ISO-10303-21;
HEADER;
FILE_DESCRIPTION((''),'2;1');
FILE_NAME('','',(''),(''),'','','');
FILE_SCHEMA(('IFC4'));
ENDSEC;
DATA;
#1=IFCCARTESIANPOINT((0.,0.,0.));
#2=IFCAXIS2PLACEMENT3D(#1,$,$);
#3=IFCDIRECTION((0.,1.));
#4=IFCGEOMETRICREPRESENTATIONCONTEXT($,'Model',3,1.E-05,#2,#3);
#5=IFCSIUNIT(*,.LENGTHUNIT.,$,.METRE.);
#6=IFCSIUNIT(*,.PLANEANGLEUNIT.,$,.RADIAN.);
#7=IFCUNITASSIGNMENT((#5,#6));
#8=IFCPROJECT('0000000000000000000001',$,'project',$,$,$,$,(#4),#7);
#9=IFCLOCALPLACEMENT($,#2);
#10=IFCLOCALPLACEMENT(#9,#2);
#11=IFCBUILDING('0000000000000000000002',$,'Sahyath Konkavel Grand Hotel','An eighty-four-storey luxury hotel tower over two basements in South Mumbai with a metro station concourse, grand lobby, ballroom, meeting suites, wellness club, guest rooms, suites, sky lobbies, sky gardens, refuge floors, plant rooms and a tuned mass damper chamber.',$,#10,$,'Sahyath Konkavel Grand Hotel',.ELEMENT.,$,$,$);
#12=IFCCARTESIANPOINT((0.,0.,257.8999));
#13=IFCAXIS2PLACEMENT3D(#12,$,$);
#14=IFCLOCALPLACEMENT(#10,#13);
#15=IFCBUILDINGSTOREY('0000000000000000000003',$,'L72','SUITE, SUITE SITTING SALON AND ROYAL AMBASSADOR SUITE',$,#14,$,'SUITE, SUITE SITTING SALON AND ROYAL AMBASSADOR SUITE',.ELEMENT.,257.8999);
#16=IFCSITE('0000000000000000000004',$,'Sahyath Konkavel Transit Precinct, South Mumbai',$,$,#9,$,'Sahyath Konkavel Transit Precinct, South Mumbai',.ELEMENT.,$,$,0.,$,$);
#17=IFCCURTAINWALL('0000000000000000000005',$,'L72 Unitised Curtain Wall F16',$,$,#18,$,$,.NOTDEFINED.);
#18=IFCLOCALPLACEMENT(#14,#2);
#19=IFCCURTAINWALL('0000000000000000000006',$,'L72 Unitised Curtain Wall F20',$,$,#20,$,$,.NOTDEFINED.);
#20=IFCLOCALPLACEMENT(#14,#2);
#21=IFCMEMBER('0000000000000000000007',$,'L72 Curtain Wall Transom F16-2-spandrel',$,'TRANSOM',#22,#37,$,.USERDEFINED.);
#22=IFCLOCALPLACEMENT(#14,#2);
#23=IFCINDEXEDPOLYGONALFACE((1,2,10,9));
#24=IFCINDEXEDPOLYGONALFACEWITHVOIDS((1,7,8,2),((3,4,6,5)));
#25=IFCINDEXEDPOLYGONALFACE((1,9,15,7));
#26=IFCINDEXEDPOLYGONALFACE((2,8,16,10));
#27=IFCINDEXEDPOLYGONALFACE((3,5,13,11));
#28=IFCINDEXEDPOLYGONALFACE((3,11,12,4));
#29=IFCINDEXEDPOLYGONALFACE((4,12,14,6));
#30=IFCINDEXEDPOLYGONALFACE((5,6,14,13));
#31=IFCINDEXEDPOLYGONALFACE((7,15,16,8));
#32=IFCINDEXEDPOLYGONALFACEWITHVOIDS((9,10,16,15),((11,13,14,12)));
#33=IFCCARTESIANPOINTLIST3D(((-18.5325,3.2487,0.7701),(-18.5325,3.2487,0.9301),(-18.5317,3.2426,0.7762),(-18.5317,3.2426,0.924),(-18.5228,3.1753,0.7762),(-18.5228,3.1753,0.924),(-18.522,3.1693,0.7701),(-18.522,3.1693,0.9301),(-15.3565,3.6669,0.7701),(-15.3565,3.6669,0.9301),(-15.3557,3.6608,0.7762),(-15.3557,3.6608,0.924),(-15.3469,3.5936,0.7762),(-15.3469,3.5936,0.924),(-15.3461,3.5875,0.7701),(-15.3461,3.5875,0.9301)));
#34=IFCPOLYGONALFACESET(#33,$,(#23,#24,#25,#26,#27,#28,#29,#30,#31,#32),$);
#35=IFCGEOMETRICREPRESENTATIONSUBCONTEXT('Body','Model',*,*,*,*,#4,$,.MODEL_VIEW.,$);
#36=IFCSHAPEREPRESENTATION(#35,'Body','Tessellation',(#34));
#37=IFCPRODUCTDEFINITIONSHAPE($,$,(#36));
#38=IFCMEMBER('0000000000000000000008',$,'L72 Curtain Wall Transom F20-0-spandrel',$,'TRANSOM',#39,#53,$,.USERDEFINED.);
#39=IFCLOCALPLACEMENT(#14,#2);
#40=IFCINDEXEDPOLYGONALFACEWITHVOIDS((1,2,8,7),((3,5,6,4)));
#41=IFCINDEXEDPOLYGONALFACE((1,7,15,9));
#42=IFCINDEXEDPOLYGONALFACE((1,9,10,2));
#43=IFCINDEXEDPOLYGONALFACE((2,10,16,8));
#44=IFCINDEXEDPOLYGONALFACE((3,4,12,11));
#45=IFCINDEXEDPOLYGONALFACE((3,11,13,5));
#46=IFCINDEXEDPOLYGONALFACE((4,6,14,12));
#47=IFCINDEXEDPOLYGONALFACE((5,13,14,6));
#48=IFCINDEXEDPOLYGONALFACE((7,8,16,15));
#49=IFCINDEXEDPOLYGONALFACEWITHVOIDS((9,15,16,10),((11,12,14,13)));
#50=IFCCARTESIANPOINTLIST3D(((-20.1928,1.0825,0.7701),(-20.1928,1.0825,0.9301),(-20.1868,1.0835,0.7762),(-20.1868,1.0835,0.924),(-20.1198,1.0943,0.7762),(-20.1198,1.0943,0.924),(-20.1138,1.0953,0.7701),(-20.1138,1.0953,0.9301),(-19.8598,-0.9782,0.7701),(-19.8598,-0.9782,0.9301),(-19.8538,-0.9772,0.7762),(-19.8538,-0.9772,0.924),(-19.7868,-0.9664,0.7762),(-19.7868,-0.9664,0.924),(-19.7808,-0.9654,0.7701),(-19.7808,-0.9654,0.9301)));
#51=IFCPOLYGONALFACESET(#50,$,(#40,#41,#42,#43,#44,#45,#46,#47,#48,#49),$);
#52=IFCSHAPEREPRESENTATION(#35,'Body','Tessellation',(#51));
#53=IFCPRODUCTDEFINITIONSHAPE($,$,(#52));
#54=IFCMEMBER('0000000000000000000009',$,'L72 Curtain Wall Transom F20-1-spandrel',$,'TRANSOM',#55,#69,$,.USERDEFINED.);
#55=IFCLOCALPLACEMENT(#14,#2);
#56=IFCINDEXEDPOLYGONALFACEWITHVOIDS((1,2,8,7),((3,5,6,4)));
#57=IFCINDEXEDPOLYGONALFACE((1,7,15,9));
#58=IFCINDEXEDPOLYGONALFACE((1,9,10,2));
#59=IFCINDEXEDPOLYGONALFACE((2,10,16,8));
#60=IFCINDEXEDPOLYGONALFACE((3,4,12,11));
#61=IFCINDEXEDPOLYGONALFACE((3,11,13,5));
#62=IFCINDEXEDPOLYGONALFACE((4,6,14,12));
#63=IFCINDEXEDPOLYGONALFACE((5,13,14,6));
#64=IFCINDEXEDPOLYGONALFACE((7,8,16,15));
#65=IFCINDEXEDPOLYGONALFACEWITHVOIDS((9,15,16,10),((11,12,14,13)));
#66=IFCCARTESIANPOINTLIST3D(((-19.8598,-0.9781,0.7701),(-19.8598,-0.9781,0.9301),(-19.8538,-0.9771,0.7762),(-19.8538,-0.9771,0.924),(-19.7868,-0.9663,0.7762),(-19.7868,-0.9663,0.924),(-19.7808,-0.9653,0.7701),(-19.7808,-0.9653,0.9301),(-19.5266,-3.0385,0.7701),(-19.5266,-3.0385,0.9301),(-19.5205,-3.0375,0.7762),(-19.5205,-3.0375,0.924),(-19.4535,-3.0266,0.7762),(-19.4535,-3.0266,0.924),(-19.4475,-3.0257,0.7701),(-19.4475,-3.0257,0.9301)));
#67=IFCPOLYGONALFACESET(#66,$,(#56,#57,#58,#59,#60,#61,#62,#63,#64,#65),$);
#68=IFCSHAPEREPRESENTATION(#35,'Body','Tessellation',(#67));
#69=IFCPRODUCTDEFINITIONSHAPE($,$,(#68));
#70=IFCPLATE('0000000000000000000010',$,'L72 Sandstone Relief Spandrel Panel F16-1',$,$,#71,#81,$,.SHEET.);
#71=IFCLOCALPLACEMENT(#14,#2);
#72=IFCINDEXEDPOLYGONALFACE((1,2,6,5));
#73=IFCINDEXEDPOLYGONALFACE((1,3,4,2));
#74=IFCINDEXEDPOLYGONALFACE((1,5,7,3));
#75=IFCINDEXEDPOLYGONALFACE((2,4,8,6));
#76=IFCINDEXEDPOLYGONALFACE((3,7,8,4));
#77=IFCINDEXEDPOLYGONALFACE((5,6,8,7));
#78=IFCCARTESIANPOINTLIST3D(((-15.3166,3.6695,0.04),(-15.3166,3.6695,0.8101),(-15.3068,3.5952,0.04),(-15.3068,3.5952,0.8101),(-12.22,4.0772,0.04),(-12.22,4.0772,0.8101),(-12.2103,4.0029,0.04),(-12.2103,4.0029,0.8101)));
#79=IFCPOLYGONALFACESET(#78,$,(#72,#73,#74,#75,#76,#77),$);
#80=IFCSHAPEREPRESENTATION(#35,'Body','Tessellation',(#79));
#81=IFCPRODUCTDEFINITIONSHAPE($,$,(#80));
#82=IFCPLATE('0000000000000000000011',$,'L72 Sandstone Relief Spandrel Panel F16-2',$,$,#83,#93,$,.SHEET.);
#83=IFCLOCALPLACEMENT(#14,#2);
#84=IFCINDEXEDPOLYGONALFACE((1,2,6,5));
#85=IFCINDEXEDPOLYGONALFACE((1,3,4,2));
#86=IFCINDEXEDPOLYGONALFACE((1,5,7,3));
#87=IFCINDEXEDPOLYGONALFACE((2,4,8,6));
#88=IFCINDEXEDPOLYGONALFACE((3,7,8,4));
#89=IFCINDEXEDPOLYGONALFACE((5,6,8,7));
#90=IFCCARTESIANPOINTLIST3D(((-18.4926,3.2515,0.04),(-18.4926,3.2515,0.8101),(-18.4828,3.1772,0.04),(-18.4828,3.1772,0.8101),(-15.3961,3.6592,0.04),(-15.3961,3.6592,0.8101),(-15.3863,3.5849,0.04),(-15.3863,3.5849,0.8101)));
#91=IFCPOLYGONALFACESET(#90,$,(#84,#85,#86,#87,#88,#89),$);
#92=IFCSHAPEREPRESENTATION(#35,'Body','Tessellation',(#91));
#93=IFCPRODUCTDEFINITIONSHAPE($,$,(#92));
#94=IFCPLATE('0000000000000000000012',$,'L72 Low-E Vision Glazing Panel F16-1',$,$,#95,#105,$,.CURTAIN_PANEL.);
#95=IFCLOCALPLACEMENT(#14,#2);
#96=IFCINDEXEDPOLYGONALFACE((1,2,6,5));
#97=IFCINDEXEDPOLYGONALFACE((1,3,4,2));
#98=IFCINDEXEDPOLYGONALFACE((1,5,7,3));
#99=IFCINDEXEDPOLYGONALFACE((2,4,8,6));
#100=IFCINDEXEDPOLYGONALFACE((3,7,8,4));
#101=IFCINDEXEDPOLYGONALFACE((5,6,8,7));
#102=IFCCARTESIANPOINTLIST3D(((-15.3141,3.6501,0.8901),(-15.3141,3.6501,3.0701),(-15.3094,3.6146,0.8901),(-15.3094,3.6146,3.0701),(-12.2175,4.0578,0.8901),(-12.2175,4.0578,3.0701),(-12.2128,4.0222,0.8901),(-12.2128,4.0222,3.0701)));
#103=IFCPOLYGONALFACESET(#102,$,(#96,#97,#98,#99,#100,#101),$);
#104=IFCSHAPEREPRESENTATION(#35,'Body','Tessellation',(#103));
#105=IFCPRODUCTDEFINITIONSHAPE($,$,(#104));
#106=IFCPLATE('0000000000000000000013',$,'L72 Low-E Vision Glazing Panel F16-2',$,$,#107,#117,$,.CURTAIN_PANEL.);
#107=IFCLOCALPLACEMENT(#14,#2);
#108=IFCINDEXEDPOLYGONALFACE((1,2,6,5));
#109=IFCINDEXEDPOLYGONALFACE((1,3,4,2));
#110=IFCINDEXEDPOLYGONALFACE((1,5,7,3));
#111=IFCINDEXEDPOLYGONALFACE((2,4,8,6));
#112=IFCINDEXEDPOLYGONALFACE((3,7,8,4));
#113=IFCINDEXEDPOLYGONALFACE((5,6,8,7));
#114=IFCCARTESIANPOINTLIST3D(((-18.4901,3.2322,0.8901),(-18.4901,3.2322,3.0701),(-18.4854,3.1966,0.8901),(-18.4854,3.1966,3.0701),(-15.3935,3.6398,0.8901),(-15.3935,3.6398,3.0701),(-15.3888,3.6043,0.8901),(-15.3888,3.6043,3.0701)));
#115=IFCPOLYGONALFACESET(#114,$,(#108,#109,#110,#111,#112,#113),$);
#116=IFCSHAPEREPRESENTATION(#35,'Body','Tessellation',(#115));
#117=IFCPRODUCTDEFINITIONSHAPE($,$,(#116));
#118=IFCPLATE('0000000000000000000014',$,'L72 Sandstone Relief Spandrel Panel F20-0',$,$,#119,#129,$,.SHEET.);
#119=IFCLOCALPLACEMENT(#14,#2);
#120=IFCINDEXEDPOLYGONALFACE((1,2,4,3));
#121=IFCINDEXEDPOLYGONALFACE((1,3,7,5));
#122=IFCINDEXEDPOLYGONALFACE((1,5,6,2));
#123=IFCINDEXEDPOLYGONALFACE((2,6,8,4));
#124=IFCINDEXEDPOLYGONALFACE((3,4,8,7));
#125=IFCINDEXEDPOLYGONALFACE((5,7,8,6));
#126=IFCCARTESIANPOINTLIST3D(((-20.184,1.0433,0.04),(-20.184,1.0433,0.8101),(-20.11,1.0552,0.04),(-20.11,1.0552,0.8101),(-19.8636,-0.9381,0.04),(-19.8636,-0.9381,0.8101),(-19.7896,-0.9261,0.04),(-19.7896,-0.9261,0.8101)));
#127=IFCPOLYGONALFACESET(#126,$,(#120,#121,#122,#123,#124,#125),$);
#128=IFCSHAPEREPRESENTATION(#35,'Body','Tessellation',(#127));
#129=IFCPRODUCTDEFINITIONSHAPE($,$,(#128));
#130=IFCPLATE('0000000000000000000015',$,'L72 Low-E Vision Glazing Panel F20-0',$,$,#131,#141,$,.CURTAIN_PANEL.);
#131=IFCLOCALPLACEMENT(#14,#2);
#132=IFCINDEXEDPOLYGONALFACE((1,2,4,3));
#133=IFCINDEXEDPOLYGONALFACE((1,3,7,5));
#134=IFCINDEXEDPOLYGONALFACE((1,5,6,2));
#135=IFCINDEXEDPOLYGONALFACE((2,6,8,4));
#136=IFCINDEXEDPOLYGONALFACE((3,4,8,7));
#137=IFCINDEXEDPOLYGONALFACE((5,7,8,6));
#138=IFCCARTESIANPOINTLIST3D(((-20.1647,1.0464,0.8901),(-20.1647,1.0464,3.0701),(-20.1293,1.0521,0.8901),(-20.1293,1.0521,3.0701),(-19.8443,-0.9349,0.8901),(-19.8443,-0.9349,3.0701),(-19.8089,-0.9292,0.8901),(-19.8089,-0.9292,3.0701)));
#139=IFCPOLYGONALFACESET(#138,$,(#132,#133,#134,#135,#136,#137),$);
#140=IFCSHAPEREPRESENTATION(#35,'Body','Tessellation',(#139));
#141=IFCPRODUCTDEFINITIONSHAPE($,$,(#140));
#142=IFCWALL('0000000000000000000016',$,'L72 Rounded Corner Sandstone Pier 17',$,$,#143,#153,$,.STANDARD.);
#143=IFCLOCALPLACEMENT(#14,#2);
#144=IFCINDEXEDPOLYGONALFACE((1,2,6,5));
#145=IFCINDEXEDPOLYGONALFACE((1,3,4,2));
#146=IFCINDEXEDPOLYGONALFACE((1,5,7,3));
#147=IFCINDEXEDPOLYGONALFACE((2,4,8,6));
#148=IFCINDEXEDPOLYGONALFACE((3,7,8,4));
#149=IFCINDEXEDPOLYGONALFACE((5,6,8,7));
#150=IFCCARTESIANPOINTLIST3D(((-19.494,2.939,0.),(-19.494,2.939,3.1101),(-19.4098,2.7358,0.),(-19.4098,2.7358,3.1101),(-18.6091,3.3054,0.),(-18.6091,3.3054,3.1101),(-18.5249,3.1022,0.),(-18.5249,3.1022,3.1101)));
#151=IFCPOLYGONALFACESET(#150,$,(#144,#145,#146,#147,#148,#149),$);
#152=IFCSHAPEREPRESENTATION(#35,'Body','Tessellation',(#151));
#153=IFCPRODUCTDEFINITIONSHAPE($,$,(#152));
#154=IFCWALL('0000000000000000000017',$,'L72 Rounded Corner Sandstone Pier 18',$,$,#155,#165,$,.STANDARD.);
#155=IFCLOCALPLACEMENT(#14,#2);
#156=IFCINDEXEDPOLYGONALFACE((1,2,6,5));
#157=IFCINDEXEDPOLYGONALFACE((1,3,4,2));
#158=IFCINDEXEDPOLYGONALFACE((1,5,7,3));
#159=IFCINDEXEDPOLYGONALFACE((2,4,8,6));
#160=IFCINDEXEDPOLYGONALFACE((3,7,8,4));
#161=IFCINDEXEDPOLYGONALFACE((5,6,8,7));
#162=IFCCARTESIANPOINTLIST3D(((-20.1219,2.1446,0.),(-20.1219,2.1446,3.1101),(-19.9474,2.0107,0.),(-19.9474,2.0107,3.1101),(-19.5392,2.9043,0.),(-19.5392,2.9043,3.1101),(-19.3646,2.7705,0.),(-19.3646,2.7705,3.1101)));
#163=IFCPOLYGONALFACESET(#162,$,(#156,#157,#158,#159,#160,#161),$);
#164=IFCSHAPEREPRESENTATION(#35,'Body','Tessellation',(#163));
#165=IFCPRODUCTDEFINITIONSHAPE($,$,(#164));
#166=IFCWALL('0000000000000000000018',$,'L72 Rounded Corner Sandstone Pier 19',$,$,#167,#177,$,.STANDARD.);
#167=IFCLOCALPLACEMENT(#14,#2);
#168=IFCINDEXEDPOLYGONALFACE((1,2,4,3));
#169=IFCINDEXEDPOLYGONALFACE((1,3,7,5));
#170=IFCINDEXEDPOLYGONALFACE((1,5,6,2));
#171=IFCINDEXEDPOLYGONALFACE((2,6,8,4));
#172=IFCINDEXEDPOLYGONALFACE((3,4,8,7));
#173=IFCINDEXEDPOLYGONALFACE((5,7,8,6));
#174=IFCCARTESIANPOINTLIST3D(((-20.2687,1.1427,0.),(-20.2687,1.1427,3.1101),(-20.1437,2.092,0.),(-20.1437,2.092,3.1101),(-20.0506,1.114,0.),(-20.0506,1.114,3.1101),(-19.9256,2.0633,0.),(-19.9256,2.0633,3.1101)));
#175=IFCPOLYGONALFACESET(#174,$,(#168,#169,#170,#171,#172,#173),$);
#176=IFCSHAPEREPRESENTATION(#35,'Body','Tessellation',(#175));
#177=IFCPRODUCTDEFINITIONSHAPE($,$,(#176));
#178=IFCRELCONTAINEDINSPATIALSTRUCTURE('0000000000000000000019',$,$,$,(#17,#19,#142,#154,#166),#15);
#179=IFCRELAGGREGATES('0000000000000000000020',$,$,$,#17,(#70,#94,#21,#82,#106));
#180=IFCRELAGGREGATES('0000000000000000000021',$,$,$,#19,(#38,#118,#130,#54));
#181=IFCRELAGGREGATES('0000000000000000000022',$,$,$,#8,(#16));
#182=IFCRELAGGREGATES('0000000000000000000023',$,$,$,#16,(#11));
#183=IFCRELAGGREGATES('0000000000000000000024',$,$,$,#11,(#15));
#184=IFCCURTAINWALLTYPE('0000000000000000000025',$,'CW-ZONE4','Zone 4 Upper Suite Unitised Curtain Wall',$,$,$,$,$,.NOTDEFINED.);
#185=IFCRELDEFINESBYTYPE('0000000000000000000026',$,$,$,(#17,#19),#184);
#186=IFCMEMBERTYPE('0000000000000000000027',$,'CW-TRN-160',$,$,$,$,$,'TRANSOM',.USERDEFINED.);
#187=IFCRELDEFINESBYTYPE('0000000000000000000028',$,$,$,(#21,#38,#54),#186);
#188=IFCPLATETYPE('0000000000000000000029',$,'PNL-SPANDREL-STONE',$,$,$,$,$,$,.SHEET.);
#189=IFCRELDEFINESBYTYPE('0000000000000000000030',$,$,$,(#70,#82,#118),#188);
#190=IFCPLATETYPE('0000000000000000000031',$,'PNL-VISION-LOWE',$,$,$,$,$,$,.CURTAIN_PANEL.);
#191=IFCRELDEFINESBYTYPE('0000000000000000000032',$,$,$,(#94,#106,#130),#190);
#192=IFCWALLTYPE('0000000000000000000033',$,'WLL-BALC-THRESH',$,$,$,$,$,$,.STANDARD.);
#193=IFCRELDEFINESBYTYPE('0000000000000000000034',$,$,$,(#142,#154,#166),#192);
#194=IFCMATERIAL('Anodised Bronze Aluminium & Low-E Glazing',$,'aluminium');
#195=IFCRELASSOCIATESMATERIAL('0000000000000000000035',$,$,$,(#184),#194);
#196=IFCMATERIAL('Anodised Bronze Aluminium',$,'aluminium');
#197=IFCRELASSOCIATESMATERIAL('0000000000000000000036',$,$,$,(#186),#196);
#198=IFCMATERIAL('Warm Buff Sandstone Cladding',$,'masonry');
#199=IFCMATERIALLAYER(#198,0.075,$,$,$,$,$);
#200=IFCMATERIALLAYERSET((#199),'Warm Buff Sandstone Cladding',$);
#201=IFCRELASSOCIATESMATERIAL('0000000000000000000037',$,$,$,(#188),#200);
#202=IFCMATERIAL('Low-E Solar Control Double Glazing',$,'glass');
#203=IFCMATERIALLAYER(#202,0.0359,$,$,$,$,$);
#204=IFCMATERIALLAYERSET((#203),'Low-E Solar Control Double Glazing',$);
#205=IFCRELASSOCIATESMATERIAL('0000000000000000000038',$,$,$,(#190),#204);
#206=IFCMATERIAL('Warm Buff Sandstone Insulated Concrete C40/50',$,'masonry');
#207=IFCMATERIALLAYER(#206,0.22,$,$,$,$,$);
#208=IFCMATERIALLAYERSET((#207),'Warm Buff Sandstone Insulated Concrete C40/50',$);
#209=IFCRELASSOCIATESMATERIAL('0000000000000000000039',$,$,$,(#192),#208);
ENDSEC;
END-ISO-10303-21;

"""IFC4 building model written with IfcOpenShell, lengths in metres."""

from ifc_helpers import new_model, si_unit, direction, frame, frame_2d, origin, origin_2d, place, context, subcontext, project, spatial, rectangle, hollow_rectangle, extrude, source, transform, mapped, material, layer, layer_set, material_profile, profile_set, type_object, element, aggregate, save


model = new_model("IFC4")

# Units and contexts
model_context = context("Model", 3, precision=1e-05, world=origin(), true_north=direction((0.0, 1.0)))
body_context = subcontext(model_context, "Body", "Model", "MODEL_VIEW")
ifc_project = project(units=[si_unit("LENGTHUNIT", "METRE"), si_unit("PLANEANGLEUNIT", "RADIAN")], contexts=[model_context])

# Site, building, storey
site_placement = place(None, origin())
site = spatial("IfcSite", under=ifc_project, at=site_placement, Name="Sahyath Konkavel Transit Precinct, South Mumbai", LongName="Sahyath Konkavel Transit Precinct, South Mumbai", CompositionType="ELEMENT", RefElevation=0.0)
building_placement = place(site_placement, origin())
building = spatial("IfcBuilding", under=site, at=building_placement, Name="Sahyath Konkavel Grand Hotel", Description="An eighty-four-storey luxury hotel tower over two basements in South Mumbai with a metro station concourse, grand lobby, ballroom, meeting suites, wellness club, guest rooms, suites, sky lobbies, sky gardens, refuge floors, plant rooms and a tuned mass damper chamber.", LongName="Sahyath Konkavel Grand Hotel", CompositionType="ELEMENT")
storey_placement = place(building_placement, frame((0.0, 0.0, 257.8999)))
storey = spatial("IfcBuildingStorey", under=building, at=storey_placement, Name="L72", Description="SUITE, SUITE SITTING SALON AND ROYAL AMBASSADOR SUITE", LongName="SUITE, SUITE SITTING SALON AND ROYAL AMBASSADOR SUITE", CompositionType="ELEMENT", Elevation=257.8999)

# Curtain wall
ifc_material_1 = material(Name="Anodised Bronze Aluminium & Low-E Glazing", Category="aluminium")
curtain_wall_type = type_object("IfcCurtainWallType", Name="CW-ZONE4", Description="Zone 4 Upper Suite Unitised Curtain Wall", PredefinedType="NOTDEFINED", material=ifc_material_1)
curtain_wall_1_placement = place(storey_placement, origin())
curtain_wall_1 = element("IfcCurtainWall", 1, at=curtain_wall_1_placement, inside=storey, type_object=curtain_wall_type, Name="L72 Unitised Curtain Wall F16", PredefinedType="NOTDEFINED")
ifc_material_2 = material(Name="Anodised Bronze Aluminium", Category="aluminium")

# Curtain wall
curtain_wall_2_placement = place(storey_placement, origin())
curtain_wall_2 = element("IfcCurtainWall", 2, at=curtain_wall_2_placement, inside=storey, type_object=curtain_wall_type, Name="L72 Unitised Curtain Wall F20", PredefinedType="NOTDEFINED")

# Members
ifc_material_profile_1 = material_profile(ifc_material_2, hollow_rectangle(XDim=0.0801, YDim=0.1599, WallThickness=0.0061, at=origin_2d()), Name="RHS 160x80x6")
ifc_profile_set_1 = profile_set([ifc_material_profile_1], Name="Anodised Bronze Aluminium")
member_type_1 = type_object("IfcMemberType", Name="CW-TRN-160", ElementType="TRANSOM", PredefinedType="USERDEFINED", material=ifc_profile_set_1)
shared_shape_1 = source(origin(), body_context, "Body", "SweptSolid", [
    extrude(hollow_rectangle(XDim=0.0801, YDim=0.1599, WallThickness=0.0061, at=origin_2d()), origin(), (0.0, 0.0, 1.0), 3.2034),
])
member_1_placement = place(storey_placement, frame((-15.3513, 3.6272, 0.8501), z_axis=(-0.991442, -0.130551, 0.0), x_axis=(0.130551, -0.991442, 0.0)))
member_1 = element("IfcMember", 3, at=member_1_placement, type_object=member_type_1, Name="L72 Curtain Wall Transom F16-2-spandrel", ObjectType="TRANSOM", PredefinedType="USERDEFINED", context=body_context, shape_type="MappedRepresentation", body=[
    mapped(shared_shape_1, transform((0.0, 0.0, 0.0), scale=1.0)),
])
shared_shape_2 = source(origin(), body_context, "Body", "SweptSolid", [
    extrude(hollow_rectangle(XDim=0.0801, YDim=0.1599, WallThickness=0.0061, at=origin_2d()), origin(), (0.0, 0.0, 1.0), 2.0874),
])
member_2_placement = place(storey_placement, frame((-20.1533, 1.0889, 0.8501), z_axis=(0.159541, -0.987191, 0.0), x_axis=(0.987191, 0.159541, 0.0)))
member_2 = element("IfcMember", 4, at=member_2_placement, type_object=member_type_1, Name="L72 Curtain Wall Transom F20-0-spandrel", ObjectType="TRANSOM", PredefinedType="USERDEFINED", context=body_context, shape_type="MappedRepresentation", body=[
    mapped(shared_shape_2, transform((0.0, 0.0, 0.0), scale=1.0)),
])
shared_shape_3 = source(origin(), body_context, "Body", "SweptSolid", [
    extrude(hollow_rectangle(XDim=0.0801, YDim=0.1599, WallThickness=0.0061, at=origin_2d()), origin(), (0.0, 0.0, 1.0), 2.0872),
])
member_3_placement = place(storey_placement, frame((-19.8203, -0.9717, 0.8501), z_axis=(0.159674, -0.98717, 0.0), x_axis=(0.98717, 0.159674, 0.0)))
member_3 = element("IfcMember", 5, at=member_3_placement, type_object=member_type_1, Name="L72 Curtain Wall Transom F20-1-spandrel", ObjectType="TRANSOM", PredefinedType="USERDEFINED", context=body_context, shape_type="MappedRepresentation", body=[
    mapped(shared_shape_3, transform((0.0, 0.0, 0.0), scale=1.0)),
])

# Plates
ifc_material_3 = material(Name="Warm Buff Sandstone Cladding", Category="masonry")
ifc_layer_1 = layer(ifc_material_3, 0.075)
ifc_layer_set_1 = layer_set([ifc_layer_1], Name="Warm Buff Sandstone Cladding")
plate_type_1 = type_object("IfcPlateType", Name="PNL-SPANDREL-STONE", PredefinedType="SHEET", material=ifc_layer_set_1)
shared_shape_4 = source(origin(), body_context, "Body", "SweptSolid", [
    extrude(rectangle(XDim=3.1233, YDim=0.075, at=origin_2d()), origin(), (0.0, 0.0, 1.0), 0.77),
])
plate_1_placement = place(storey_placement, frame((-13.7634, 3.8362, 0.04), z_axis=(0.0, 0.0, 1.0), x_axis=(-0.991445, -0.130526, 0.0)))
plate_1 = element("IfcPlate", 6, at=plate_1_placement, type_object=plate_type_1, Name="L72 Sandstone Relief Spandrel Panel F16-1", PredefinedType="SHEET", context=body_context, shape_type="MappedRepresentation", body=[
    mapped(shared_shape_4, transform((0.0, 0.0, 0.0), scale=1.0)),
])
plate_2_placement = place(storey_placement, frame((-16.9395, 3.4182, 0.04), z_axis=(0.0, 0.0, 1.0), x_axis=(-0.991445, -0.130526, 0.0)))
plate_2 = element("IfcPlate", 7, at=plate_2_placement, type_object=plate_type_1, Name="L72 Sandstone Relief Spandrel Panel F16-2", PredefinedType="SHEET", context=body_context, shape_type="MappedRepresentation", body=[
    mapped(shared_shape_4, transform((0.0, 0.0, 0.0), scale=1.0)),
])
ifc_material_4 = material(Name="Low-E Solar Control Double Glazing", Category="glass")
ifc_layer_2 = layer(ifc_material_4, 0.0359)
ifc_layer_set_2 = layer_set([ifc_layer_2], Name="Low-E Solar Control Double Glazing")
plate_type_2 = type_object("IfcPlateType", Name="PNL-VISION-LOWE", PredefinedType="CURTAIN_PANEL", material=ifc_layer_set_2)
shared_shape_5 = source(origin(), body_context, "Body", "SweptSolid", [
    extrude(rectangle(XDim=3.1233, YDim=0.0359, at=origin_2d()), origin(), (0.0, 0.0, 1.0), 2.1799),
])
plate_3_placement = place(storey_placement, frame((-13.7634, 3.8362, 0.8901), z_axis=(0.0, 0.0, 1.0), x_axis=(-0.991445, -0.130526, 0.0)))
plate_3 = element("IfcPlate", 8, at=plate_3_placement, type_object=plate_type_2, Name="L72 Low-E Vision Glazing Panel F16-1", PredefinedType="CURTAIN_PANEL", context=body_context, shape_type="MappedRepresentation", body=[
    mapped(shared_shape_5, transform((0.0, 0.0, 0.0), scale=1.0)),
])
plate_4_placement = place(storey_placement, frame((-16.9395, 3.4182, 0.8901), z_axis=(0.0, 0.0, 1.0), x_axis=(-0.991445, -0.130526, 0.0)))
plate_4 = element("IfcPlate", 9, at=plate_4_placement, type_object=plate_type_2, Name="L72 Low-E Vision Glazing Panel F16-2", PredefinedType="CURTAIN_PANEL", context=body_context, shape_type="MappedRepresentation", body=[
    mapped(shared_shape_5, transform((0.0, 0.0, 0.0), scale=1.0)),
])
aggregate(curtain_wall_1, [plate_1, plate_3, member_1, plate_2, plate_4])
shared_shape_6 = source(origin(), body_context, "Body", "SweptSolid", [
    extrude(rectangle(XDim=2.0071, YDim=0.075, at=origin_2d()), origin(), (0.0, 0.0, 1.0), 0.77),
])
plate_5_placement = place(storey_placement, frame((-19.9868, 0.0586, 0.04), z_axis=(0.0, 0.0, 1.0), x_axis=(0.159623, -0.987178, 0.0)))
plate_5 = element("IfcPlate", 10, at=plate_5_placement, type_object=plate_type_1, Name="L72 Sandstone Relief Spandrel Panel F20-0", PredefinedType="SHEET", context=body_context, shape_type="MappedRepresentation", body=[
    mapped(shared_shape_6, transform((0.0, 0.0, 0.0), scale=1.0)),
])
shared_shape_7 = source(origin(), body_context, "Body", "SweptSolid", [
    extrude(rectangle(XDim=2.0071, YDim=0.0359, at=origin_2d()), origin(), (0.0, 0.0, 1.0), 2.1799),
])
plate_6_placement = place(storey_placement, frame((-19.9868, 0.0586, 0.8901), z_axis=(0.0, 0.0, 1.0), x_axis=(0.159623, -0.987178, 0.0)))
plate_6 = element("IfcPlate", 11, at=plate_6_placement, type_object=plate_type_2, Name="L72 Low-E Vision Glazing Panel F20-0", PredefinedType="CURTAIN_PANEL", context=body_context, shape_type="MappedRepresentation", body=[
    mapped(shared_shape_7, transform((0.0, 0.0, 0.0), scale=1.0)),
])
aggregate(curtain_wall_2, [member_2, plate_5, plate_6, member_3])

# Walls
ifc_material_5 = material(Name="Warm Buff Sandstone Insulated Concrete C40/50", Category="masonry")
ifc_layer_3 = layer(ifc_material_5, 0.22)
ifc_layer_set_3 = layer_set([ifc_layer_3], Name="Warm Buff Sandstone Insulated Concrete C40/50")
wall_type_1 = type_object("IfcWallType", Name="WLL-BALC-THRESH", PredefinedType="STANDARD", material=ifc_layer_set_3)
wall_1_placement = place(storey_placement, frame((-18.5669, 3.2039, 0.0), z_axis=(0.0, 0.0, 1.0), x_axis=(-0.923927, -0.382569, 0.0)))
element("IfcWall", 12, at=wall_1_placement, inside=storey, type_object=wall_type_1, Name="L72 Rounded Corner Sandstone Pier 17", PredefinedType="STANDARD", context=body_context, shape_type="SweptSolid", body=[
    extrude(rectangle(XDim=0.9578, YDim=0.22, at=frame_2d((0.479, 0.0))), origin(), (0.0, 0.0, 1.0), 3.1101),
])
for number, where, z_axis, x_axis, name in (
    (13, (-19.4519, 2.8374, 0.0), (0.0, 0.0, 1.0), (-0.608614, -0.793467, 0.0), "L72 Rounded Corner Sandstone Pier 18"),
    (14, (-20.0347, 2.0776, 0.0), (0.0, 0.0, 1.0), (-0.13056, -0.99144, 0.0), "L72 Rounded Corner Sandstone Pier 19"),
):
    element("IfcWall", number, at=place(storey_placement, frame(where, z_axis=z_axis, x_axis=x_axis)), inside=storey, type_object=wall_type_1, Name=name, PredefinedType="STANDARD", context=body_context, shape_type="SweptSolid", body=[
        extrude(rectangle(XDim=0.9575, YDim=0.22, at=frame_2d((0.4788, 0.0))), origin(), (0.0, 0.0, 1.0), 3.1101),
    ])

save(model, "model.ifc")
